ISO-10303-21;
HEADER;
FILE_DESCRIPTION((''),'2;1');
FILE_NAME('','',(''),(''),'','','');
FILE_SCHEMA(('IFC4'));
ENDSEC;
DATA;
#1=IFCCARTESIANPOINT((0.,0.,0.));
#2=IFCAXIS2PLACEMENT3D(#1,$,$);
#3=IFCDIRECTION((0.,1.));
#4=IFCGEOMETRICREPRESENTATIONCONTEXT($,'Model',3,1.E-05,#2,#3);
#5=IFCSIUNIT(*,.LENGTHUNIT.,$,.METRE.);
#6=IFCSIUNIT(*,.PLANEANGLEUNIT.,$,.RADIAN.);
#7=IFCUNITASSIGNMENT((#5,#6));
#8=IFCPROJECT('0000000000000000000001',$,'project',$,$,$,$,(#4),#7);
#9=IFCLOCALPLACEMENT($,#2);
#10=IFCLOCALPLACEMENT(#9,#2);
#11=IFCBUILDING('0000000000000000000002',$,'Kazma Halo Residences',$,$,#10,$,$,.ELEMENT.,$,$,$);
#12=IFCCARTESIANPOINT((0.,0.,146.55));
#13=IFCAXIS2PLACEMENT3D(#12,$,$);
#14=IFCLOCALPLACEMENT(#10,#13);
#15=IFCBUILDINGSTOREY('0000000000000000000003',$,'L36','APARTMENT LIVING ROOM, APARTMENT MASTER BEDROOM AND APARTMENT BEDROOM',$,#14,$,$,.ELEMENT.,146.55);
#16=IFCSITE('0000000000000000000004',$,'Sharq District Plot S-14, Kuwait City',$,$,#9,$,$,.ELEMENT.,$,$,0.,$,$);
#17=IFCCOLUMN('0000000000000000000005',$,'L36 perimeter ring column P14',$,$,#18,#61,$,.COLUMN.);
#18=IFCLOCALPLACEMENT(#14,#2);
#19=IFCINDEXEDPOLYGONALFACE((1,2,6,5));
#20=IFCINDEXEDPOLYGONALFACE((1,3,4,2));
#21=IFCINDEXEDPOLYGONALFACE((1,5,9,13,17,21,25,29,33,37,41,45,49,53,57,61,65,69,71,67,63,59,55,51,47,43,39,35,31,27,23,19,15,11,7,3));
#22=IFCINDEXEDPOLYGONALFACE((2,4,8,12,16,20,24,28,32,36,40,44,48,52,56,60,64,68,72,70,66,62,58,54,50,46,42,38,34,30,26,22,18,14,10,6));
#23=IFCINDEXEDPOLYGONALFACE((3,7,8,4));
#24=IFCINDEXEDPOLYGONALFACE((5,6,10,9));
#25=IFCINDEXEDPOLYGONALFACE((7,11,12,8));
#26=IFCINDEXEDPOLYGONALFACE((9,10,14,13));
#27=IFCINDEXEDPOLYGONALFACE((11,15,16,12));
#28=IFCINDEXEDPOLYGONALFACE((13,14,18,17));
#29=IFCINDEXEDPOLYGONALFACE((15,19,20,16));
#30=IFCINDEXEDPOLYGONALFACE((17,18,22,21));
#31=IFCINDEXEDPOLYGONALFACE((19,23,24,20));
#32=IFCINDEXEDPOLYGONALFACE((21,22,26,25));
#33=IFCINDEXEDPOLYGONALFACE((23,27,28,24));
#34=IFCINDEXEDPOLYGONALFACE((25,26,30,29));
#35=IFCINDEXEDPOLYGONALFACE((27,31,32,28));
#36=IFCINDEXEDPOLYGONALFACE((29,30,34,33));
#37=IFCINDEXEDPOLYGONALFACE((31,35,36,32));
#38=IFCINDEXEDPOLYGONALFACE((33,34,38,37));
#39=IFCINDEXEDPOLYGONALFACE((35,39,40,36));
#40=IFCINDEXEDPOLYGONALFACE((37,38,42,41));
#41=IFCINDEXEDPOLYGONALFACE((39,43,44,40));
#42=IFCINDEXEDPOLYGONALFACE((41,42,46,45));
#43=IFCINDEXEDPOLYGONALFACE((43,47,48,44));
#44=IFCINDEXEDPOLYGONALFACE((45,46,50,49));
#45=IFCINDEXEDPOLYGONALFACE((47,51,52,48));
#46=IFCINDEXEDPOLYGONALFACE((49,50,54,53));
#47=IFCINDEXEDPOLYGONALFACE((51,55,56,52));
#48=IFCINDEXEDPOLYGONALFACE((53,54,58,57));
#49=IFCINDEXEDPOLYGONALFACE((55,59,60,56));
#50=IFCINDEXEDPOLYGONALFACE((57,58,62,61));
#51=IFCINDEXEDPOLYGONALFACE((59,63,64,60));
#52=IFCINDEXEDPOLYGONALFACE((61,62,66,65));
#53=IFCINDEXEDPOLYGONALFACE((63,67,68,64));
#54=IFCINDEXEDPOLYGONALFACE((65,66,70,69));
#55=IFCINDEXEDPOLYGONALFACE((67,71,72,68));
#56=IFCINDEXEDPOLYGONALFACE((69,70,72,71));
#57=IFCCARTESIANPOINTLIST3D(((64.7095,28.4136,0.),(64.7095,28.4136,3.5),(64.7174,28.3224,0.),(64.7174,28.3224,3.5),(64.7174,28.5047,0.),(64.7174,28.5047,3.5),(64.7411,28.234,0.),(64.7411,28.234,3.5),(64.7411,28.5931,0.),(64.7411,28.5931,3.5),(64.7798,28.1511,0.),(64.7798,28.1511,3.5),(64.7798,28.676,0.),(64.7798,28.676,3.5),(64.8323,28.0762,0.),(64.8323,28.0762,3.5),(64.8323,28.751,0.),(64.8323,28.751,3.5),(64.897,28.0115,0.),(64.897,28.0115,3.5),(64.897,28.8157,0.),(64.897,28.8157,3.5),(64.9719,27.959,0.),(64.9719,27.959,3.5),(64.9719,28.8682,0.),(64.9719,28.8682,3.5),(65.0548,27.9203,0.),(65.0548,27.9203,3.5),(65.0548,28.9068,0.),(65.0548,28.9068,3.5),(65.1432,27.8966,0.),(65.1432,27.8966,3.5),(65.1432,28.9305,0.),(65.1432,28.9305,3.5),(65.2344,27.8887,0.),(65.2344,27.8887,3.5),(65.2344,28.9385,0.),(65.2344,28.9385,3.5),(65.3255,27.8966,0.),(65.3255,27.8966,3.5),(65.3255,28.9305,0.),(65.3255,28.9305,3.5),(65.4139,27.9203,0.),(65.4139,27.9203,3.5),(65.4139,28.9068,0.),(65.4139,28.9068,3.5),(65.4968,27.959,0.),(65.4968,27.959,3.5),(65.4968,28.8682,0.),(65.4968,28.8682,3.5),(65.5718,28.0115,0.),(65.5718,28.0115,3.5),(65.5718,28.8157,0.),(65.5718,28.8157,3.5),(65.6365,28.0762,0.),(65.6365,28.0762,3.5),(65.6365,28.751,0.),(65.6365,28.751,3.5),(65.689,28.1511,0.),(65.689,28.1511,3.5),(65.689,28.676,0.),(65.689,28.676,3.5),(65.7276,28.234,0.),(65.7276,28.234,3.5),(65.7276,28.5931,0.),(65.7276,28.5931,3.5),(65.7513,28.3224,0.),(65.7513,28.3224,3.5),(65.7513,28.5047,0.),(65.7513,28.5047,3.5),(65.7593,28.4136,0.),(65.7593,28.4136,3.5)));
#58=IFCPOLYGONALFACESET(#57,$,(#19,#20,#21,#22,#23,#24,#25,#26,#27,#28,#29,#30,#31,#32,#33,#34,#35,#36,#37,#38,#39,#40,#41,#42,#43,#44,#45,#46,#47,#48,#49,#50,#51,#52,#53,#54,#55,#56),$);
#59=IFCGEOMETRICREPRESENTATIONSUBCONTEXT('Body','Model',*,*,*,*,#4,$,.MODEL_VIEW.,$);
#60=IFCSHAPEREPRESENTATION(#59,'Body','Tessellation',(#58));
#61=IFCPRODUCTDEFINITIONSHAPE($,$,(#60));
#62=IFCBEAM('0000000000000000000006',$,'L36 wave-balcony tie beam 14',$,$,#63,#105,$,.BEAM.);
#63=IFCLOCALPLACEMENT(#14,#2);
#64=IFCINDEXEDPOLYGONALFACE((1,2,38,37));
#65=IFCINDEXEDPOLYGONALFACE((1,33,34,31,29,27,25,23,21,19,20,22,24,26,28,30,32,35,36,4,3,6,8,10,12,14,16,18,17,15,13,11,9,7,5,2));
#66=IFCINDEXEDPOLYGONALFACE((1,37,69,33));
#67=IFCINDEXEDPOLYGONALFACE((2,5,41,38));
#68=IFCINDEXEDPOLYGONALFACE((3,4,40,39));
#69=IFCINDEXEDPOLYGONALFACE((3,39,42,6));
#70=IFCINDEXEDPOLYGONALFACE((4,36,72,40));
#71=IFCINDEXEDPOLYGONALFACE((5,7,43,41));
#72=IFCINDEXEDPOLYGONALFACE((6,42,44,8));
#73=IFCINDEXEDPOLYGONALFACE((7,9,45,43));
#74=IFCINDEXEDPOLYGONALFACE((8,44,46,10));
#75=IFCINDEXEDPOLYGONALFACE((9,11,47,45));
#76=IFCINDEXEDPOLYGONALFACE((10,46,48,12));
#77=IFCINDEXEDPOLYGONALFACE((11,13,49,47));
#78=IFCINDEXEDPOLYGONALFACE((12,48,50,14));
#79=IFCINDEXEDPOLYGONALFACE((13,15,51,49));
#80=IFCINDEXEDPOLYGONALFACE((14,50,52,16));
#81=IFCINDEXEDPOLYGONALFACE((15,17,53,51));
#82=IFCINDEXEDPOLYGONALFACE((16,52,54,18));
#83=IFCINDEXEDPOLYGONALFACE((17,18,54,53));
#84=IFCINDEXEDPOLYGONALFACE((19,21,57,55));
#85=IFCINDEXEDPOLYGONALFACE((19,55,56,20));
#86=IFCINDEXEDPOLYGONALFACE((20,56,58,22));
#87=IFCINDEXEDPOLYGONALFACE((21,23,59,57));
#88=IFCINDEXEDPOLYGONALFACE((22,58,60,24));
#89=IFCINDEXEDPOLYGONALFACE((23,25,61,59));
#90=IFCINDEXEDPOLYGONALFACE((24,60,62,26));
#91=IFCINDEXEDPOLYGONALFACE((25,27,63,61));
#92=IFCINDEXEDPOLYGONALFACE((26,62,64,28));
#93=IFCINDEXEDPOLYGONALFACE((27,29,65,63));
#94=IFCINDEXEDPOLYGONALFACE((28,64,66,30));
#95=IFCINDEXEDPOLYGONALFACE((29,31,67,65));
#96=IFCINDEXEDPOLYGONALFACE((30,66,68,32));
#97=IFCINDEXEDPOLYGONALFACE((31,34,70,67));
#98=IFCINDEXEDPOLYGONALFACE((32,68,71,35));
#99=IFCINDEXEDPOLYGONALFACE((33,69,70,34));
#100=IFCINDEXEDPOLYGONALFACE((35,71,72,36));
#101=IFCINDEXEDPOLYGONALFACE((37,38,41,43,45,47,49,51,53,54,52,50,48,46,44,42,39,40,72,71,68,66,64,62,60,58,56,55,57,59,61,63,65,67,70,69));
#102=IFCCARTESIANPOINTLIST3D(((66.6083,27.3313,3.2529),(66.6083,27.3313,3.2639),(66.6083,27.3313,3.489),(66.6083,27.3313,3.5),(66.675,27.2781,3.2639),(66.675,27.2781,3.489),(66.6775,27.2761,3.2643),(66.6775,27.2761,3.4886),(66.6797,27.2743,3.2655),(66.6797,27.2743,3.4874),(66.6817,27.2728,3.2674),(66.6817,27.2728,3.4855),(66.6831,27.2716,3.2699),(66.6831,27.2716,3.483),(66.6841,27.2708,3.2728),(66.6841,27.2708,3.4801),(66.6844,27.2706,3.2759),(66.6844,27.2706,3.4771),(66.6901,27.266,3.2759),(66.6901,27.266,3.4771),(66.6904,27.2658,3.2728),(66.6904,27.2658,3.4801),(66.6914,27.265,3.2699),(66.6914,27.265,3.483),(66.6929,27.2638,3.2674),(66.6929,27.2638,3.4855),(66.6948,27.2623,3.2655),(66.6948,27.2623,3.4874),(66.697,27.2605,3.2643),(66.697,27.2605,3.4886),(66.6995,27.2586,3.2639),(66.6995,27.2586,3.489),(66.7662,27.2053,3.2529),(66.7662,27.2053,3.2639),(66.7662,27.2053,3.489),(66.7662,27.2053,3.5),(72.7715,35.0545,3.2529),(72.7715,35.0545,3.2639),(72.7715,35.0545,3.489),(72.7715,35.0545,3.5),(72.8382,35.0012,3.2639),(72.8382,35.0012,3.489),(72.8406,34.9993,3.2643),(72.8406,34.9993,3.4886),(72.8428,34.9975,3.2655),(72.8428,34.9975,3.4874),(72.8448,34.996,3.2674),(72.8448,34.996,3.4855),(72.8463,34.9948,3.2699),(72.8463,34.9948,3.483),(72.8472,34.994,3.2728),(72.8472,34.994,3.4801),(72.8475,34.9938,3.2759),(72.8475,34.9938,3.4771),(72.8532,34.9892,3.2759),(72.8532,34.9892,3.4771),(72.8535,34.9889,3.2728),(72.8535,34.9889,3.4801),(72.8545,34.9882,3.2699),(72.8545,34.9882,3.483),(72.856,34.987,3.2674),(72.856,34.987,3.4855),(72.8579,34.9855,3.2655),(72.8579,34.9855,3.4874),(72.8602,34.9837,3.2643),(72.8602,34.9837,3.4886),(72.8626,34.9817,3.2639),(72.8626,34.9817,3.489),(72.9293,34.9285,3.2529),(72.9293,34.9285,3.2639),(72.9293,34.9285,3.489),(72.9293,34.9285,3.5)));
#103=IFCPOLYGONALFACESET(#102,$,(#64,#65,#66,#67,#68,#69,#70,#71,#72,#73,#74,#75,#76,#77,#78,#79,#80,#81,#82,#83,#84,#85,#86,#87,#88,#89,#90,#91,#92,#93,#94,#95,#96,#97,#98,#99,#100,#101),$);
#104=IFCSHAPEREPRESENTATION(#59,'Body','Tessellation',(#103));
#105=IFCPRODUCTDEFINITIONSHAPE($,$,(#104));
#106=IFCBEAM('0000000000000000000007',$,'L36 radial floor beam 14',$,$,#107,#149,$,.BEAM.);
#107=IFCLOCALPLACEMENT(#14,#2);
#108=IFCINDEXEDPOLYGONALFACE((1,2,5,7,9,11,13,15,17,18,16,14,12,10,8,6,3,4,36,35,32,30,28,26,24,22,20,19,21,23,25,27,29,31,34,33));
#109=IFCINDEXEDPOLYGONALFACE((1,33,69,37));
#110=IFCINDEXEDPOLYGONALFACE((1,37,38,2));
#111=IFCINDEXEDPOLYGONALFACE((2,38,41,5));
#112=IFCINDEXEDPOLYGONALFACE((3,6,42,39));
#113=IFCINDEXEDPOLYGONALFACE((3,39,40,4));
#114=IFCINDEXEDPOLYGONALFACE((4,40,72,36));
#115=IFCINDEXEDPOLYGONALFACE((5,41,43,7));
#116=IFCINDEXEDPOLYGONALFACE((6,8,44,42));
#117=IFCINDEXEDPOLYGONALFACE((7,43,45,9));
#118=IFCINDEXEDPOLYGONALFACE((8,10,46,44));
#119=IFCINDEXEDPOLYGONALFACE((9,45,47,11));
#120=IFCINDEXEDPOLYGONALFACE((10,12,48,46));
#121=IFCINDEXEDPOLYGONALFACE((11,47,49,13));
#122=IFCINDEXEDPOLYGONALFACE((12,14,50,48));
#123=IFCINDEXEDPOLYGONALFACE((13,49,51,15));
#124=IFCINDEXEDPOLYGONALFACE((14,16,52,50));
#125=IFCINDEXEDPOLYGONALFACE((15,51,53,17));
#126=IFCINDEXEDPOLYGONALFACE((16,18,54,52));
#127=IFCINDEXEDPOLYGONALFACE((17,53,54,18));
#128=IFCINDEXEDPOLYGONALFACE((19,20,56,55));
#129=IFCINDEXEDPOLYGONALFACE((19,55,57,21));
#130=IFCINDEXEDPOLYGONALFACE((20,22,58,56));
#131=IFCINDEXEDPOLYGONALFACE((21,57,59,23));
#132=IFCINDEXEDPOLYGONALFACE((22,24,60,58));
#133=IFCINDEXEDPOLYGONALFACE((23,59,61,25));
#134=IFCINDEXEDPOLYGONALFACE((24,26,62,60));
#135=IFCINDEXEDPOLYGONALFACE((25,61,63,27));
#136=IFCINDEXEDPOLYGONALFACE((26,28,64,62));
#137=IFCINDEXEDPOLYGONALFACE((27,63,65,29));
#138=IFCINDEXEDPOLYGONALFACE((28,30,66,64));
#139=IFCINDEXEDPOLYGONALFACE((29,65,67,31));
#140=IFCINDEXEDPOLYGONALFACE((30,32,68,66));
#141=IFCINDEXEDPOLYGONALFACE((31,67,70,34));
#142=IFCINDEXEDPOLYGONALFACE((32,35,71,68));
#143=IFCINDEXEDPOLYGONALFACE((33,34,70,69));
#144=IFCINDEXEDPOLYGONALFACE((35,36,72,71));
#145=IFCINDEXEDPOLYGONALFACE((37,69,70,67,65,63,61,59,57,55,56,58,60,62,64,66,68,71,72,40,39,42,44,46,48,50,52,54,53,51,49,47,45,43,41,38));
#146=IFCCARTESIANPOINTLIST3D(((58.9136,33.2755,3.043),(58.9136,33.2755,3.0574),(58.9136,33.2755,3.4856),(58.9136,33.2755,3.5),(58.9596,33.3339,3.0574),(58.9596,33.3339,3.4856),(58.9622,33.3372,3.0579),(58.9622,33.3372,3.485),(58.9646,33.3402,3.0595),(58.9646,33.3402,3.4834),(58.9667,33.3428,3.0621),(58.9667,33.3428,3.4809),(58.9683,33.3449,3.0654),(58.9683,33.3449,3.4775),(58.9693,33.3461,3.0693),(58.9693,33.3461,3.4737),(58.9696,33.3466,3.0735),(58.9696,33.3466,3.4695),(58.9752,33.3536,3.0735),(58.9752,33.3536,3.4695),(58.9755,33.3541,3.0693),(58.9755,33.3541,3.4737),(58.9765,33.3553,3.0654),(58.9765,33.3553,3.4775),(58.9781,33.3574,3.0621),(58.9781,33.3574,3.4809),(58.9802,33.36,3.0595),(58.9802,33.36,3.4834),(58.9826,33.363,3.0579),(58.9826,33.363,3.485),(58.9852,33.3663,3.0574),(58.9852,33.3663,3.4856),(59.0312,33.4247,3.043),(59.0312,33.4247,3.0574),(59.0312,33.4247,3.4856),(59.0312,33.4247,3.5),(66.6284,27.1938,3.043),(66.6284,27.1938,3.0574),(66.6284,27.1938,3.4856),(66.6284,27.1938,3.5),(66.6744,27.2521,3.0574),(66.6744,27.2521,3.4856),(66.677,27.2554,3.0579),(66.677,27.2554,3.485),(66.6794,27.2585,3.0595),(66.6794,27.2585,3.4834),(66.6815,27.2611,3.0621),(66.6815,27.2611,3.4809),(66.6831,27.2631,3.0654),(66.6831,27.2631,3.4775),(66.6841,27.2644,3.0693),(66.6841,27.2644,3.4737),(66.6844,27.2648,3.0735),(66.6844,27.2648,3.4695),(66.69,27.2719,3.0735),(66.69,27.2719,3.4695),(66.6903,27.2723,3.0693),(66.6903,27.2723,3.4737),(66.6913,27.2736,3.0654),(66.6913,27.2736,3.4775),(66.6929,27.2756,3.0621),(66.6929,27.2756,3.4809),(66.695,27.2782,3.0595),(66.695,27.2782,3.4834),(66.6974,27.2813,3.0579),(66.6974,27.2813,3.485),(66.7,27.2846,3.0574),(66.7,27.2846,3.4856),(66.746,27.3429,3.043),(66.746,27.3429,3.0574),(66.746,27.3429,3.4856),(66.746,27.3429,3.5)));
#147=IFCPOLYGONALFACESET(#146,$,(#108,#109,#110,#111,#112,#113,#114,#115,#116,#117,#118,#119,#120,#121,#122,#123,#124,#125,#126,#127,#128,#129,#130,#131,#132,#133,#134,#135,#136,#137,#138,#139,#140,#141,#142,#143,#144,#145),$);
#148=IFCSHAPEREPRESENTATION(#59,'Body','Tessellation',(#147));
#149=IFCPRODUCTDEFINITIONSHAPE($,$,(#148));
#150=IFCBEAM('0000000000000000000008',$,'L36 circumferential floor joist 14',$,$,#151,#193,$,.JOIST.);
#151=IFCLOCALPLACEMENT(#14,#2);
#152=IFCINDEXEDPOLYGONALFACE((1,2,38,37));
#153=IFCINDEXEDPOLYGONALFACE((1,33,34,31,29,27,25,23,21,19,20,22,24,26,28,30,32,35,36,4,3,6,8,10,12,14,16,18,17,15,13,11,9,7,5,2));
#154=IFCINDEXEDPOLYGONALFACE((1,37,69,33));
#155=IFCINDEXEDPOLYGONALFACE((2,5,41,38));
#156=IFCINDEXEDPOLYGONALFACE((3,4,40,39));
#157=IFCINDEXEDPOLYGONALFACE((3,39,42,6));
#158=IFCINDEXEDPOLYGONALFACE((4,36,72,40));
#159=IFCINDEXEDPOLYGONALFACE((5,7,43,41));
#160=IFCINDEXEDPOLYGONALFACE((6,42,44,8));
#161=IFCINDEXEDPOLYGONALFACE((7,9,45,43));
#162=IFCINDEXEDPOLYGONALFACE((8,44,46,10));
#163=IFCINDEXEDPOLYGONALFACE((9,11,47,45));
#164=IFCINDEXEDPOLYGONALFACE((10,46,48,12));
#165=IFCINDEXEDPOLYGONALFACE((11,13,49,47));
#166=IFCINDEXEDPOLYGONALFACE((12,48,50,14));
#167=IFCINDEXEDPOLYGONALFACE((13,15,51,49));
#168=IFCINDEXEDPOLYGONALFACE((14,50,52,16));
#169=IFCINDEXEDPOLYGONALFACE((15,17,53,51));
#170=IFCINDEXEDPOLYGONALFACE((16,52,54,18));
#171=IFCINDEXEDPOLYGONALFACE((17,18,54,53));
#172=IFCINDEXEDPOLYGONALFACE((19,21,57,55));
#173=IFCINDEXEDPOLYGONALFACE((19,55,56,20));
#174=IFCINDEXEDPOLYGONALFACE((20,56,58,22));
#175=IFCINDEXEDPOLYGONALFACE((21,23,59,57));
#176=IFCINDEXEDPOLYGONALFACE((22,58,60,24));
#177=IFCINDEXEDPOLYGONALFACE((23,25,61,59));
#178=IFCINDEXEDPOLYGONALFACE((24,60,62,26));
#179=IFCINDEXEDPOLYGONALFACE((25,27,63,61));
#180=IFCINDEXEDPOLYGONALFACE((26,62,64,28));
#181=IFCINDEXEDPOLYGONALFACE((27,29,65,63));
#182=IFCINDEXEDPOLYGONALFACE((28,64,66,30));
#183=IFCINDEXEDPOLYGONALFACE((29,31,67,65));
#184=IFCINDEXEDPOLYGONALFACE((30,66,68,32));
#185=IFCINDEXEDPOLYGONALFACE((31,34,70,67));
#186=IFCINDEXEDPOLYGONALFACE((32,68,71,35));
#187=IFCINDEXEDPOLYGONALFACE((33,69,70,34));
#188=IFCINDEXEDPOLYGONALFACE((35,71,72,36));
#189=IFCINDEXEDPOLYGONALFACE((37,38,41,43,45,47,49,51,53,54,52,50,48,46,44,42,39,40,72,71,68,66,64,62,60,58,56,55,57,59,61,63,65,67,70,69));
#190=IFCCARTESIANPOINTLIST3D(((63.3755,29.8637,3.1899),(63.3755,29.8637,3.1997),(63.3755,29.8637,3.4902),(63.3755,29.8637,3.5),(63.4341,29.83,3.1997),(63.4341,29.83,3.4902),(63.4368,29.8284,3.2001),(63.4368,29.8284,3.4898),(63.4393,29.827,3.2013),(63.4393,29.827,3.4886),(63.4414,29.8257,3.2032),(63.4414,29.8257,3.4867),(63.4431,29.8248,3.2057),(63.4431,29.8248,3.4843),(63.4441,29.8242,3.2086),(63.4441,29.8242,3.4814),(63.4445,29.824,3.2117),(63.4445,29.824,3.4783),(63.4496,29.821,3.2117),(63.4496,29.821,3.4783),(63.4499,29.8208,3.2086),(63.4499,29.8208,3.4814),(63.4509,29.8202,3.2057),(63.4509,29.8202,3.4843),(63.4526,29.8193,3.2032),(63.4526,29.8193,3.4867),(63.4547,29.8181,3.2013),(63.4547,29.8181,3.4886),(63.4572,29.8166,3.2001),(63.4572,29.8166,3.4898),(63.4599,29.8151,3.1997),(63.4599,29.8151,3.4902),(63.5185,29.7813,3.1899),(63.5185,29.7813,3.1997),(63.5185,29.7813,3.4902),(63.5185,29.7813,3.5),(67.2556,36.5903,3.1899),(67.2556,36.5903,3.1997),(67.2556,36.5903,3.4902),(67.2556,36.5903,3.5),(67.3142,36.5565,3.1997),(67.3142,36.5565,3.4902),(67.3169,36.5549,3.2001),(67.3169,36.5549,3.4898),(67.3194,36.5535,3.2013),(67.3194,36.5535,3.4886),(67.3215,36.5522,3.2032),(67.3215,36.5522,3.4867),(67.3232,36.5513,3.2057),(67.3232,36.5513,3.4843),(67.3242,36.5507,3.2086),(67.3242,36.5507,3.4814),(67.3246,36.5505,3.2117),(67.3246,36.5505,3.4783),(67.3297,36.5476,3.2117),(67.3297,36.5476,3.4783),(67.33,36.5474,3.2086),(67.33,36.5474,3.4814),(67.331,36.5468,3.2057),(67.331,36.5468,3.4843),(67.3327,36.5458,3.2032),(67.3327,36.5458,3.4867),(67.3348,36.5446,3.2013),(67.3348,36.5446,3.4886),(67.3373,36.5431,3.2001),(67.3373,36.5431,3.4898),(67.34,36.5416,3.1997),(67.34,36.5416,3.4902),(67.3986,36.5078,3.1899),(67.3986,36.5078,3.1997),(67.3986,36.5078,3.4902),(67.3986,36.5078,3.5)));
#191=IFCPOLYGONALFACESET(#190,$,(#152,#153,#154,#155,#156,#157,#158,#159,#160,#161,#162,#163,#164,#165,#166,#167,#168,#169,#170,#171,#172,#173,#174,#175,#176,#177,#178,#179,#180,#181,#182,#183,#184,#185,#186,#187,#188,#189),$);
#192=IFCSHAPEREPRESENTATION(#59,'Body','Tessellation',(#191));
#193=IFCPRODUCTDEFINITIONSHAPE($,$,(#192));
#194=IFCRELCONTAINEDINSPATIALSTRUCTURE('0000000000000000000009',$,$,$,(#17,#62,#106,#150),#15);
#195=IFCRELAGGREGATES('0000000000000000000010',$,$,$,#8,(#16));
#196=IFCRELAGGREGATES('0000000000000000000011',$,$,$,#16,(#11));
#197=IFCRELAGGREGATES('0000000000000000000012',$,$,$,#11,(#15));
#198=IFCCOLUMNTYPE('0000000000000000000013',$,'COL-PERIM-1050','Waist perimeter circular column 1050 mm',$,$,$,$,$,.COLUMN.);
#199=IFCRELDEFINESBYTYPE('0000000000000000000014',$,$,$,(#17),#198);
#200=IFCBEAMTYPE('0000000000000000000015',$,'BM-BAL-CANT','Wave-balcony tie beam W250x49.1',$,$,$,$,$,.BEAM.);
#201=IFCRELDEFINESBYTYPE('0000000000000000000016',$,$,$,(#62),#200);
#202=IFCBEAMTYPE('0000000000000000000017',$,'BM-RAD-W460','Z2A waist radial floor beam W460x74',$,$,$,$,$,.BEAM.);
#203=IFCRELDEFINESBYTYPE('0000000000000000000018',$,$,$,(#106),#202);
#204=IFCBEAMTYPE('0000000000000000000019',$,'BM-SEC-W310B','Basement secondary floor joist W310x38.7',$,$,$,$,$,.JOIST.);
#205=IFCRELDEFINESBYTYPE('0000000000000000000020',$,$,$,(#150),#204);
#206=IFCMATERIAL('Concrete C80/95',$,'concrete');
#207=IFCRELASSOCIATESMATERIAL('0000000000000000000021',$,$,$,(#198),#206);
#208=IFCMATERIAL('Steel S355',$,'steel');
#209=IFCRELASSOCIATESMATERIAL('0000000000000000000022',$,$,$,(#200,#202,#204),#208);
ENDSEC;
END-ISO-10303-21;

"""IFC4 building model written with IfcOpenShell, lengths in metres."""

from ifc_helpers import new_model, si_unit, direction, frame, origin, origin_2d, place, context, subcontext, project, spatial, circle, i_section, extrude, material, material_profile, profile_set, type_object, element, save


model = new_model("IFC4")

# Units and contexts
model_context = context("Model", 3, precision=1e-05, world=origin(), true_north=direction((0.0, 1.0)))
body_context = subcontext(model_context, "Body", "Model", "MODEL_VIEW")
ifc_project = project(units=[si_unit("LENGTHUNIT", "METRE"), si_unit("PLANEANGLEUNIT", "RADIAN")], contexts=[model_context])

# Site, building, storey
site_placement = place(None, origin())
site = spatial("IfcSite", under=ifc_project, at=site_placement, Name="Sharq District Plot S-14, Kuwait City", CompositionType="ELEMENT", RefElevation=0.0)
building_placement = place(site_placement, origin())
building = spatial("IfcBuilding", under=site, at=building_placement, Name="Kazma Halo Residences", CompositionType="ELEMENT")
storey_placement = place(building_placement, frame((0.0, 0.0, 146.55)))
storey = spatial("IfcBuildingStorey", under=building, at=storey_placement, Name="L36", Description="APARTMENT LIVING ROOM, APARTMENT MASTER BEDROOM AND APARTMENT BEDROOM", CompositionType="ELEMENT", Elevation=146.55)

# Column
ifc_material_1 = material(Name="Concrete C80/95", Category="concrete")
ifc_material_profile_1 = material_profile(ifc_material_1, circle(Radius=0.5249, at=origin_2d()), Name="CIRC1050")
ifc_profile_set_1 = profile_set([ifc_material_profile_1], Name="Concrete C80/95")
column_type = type_object("IfcColumnType", Name="COL-PERIM-1050", Description="Waist perimeter circular column 1050 mm", PredefinedType="COLUMN", material=ifc_profile_set_1)
column_placement = place(storey_placement, frame((65.2344, 28.4136, 0.0), z_axis=(0.0, 0.0, 1.0), x_axis=(1.0, 0.0, 0.0)))
element("IfcColumn", 1, at=column_placement, inside=storey, type_object=column_type, Name="L36 perimeter ring column P14", PredefinedType="COLUMN", context=body_context, shape_type="SweptSolid", body=[
    extrude(circle(Radius=0.5249, at=origin_2d()), origin(), (0.0, 0.0, 1.0), 3.5),
])

# Beams
ifc_material_2 = material(Name="Steel S355", Category="steel")
ifc_material_profile_2 = material_profile(ifc_material_2, i_section(OverallWidth=0.2019, OverallDepth=0.2471, WebThickness=0.0073, FlangeThickness=0.011, FilletRadius=0.012, at=origin_2d()), Name="W250x49.1")
ifc_profile_set_2 = profile_set([ifc_material_profile_2], Name="Steel S355")
beam_type_1 = type_object("IfcBeamType", Name="BM-BAL-CANT", Description="Wave-balcony tie beam W250x49.1", PredefinedType="BEAM", material=ifc_profile_set_2)
beam_1_placement = place(storey_placement, frame((66.6873, 27.2683, 3.3765), z_axis=(0.623742, 0.78163, 0.0), x_axis=(-0.78163, 0.623742, 0.0)))
element("IfcBeam", 2, at=beam_1_placement, inside=storey, type_object=beam_type_1, Name="L36 wave-balcony tie beam 14", PredefinedType="BEAM", context=body_context, shape_type="SweptSolid", body=[
    extrude(i_section(OverallWidth=0.2019, OverallDepth=0.2471, WebThickness=0.0073, FlangeThickness=0.011, FilletRadius=0.012, at=origin_2d()), origin(), (0.0, 0.0, 1.0), 9.8809),
])
ifc_material_profile_3 = material_profile(ifc_material_2, i_section(OverallWidth=0.1899, OverallDepth=0.457, WebThickness=0.009, FlangeThickness=0.0144, FilletRadius=0.0161, at=origin_2d()), Name="W460x74")
ifc_profile_set_3 = profile_set([ifc_material_profile_3], Name="Steel S355")
beam_type_2 = type_object("IfcBeamType", Name="BM-RAD-W460", Description="Z2A waist radial floor beam W460x74", PredefinedType="BEAM", material=ifc_profile_set_3)
beam_2_placement = place(storey_placement, frame((58.9724, 33.3501, 3.2715), z_axis=(0.785322, -0.619087, 0.0), x_axis=(0.619087, 0.785322, 0.0)))
element("IfcBeam", 3, at=beam_2_placement, inside=storey, type_object=beam_type_2, Name="L36 radial floor beam 14", PredefinedType="BEAM", context=body_context, shape_type="SweptSolid", body=[
    extrude(i_section(OverallWidth=0.1899, OverallDepth=0.457, WebThickness=0.009, FlangeThickness=0.0144, FilletRadius=0.0161, at=origin_2d()), origin(), (0.0, 0.0, 1.0), 9.8237),
])
ifc_material_profile_4 = material_profile(ifc_material_2, i_section(OverallWidth=0.165, OverallDepth=0.3101, WebThickness=0.0059, FlangeThickness=0.0098, FilletRadius=0.012, at=origin_2d()), Name="W310x38.7")
ifc_profile_set_4 = profile_set([ifc_material_profile_4], Name="Steel S355")
beam_type_3 = type_object("IfcBeamType", Name="BM-SEC-W310B", Description="Basement secondary floor joist W310x38.7", PredefinedType="JOIST", material=ifc_profile_set_4)
beam_3_placement = place(storey_placement, frame((63.447, 29.8225, 3.345), z_axis=(0.499666, 0.866218, 0.0), x_axis=(-0.866218, 0.499666, 0.0)))
element("IfcBeam", 4, at=beam_3_placement, inside=storey, type_object=beam_type_3, Name="L36 circumferential floor joist 14", PredefinedType="JOIST", context=body_context, shape_type="SweptSolid", body=[
    extrude(i_section(OverallWidth=0.165, OverallDepth=0.3101, WebThickness=0.0059, FlangeThickness=0.0098, FilletRadius=0.012, at=origin_2d()), origin(), (0.0, 0.0, 1.0), 7.7654),
])

save(model, "model.ifc")
